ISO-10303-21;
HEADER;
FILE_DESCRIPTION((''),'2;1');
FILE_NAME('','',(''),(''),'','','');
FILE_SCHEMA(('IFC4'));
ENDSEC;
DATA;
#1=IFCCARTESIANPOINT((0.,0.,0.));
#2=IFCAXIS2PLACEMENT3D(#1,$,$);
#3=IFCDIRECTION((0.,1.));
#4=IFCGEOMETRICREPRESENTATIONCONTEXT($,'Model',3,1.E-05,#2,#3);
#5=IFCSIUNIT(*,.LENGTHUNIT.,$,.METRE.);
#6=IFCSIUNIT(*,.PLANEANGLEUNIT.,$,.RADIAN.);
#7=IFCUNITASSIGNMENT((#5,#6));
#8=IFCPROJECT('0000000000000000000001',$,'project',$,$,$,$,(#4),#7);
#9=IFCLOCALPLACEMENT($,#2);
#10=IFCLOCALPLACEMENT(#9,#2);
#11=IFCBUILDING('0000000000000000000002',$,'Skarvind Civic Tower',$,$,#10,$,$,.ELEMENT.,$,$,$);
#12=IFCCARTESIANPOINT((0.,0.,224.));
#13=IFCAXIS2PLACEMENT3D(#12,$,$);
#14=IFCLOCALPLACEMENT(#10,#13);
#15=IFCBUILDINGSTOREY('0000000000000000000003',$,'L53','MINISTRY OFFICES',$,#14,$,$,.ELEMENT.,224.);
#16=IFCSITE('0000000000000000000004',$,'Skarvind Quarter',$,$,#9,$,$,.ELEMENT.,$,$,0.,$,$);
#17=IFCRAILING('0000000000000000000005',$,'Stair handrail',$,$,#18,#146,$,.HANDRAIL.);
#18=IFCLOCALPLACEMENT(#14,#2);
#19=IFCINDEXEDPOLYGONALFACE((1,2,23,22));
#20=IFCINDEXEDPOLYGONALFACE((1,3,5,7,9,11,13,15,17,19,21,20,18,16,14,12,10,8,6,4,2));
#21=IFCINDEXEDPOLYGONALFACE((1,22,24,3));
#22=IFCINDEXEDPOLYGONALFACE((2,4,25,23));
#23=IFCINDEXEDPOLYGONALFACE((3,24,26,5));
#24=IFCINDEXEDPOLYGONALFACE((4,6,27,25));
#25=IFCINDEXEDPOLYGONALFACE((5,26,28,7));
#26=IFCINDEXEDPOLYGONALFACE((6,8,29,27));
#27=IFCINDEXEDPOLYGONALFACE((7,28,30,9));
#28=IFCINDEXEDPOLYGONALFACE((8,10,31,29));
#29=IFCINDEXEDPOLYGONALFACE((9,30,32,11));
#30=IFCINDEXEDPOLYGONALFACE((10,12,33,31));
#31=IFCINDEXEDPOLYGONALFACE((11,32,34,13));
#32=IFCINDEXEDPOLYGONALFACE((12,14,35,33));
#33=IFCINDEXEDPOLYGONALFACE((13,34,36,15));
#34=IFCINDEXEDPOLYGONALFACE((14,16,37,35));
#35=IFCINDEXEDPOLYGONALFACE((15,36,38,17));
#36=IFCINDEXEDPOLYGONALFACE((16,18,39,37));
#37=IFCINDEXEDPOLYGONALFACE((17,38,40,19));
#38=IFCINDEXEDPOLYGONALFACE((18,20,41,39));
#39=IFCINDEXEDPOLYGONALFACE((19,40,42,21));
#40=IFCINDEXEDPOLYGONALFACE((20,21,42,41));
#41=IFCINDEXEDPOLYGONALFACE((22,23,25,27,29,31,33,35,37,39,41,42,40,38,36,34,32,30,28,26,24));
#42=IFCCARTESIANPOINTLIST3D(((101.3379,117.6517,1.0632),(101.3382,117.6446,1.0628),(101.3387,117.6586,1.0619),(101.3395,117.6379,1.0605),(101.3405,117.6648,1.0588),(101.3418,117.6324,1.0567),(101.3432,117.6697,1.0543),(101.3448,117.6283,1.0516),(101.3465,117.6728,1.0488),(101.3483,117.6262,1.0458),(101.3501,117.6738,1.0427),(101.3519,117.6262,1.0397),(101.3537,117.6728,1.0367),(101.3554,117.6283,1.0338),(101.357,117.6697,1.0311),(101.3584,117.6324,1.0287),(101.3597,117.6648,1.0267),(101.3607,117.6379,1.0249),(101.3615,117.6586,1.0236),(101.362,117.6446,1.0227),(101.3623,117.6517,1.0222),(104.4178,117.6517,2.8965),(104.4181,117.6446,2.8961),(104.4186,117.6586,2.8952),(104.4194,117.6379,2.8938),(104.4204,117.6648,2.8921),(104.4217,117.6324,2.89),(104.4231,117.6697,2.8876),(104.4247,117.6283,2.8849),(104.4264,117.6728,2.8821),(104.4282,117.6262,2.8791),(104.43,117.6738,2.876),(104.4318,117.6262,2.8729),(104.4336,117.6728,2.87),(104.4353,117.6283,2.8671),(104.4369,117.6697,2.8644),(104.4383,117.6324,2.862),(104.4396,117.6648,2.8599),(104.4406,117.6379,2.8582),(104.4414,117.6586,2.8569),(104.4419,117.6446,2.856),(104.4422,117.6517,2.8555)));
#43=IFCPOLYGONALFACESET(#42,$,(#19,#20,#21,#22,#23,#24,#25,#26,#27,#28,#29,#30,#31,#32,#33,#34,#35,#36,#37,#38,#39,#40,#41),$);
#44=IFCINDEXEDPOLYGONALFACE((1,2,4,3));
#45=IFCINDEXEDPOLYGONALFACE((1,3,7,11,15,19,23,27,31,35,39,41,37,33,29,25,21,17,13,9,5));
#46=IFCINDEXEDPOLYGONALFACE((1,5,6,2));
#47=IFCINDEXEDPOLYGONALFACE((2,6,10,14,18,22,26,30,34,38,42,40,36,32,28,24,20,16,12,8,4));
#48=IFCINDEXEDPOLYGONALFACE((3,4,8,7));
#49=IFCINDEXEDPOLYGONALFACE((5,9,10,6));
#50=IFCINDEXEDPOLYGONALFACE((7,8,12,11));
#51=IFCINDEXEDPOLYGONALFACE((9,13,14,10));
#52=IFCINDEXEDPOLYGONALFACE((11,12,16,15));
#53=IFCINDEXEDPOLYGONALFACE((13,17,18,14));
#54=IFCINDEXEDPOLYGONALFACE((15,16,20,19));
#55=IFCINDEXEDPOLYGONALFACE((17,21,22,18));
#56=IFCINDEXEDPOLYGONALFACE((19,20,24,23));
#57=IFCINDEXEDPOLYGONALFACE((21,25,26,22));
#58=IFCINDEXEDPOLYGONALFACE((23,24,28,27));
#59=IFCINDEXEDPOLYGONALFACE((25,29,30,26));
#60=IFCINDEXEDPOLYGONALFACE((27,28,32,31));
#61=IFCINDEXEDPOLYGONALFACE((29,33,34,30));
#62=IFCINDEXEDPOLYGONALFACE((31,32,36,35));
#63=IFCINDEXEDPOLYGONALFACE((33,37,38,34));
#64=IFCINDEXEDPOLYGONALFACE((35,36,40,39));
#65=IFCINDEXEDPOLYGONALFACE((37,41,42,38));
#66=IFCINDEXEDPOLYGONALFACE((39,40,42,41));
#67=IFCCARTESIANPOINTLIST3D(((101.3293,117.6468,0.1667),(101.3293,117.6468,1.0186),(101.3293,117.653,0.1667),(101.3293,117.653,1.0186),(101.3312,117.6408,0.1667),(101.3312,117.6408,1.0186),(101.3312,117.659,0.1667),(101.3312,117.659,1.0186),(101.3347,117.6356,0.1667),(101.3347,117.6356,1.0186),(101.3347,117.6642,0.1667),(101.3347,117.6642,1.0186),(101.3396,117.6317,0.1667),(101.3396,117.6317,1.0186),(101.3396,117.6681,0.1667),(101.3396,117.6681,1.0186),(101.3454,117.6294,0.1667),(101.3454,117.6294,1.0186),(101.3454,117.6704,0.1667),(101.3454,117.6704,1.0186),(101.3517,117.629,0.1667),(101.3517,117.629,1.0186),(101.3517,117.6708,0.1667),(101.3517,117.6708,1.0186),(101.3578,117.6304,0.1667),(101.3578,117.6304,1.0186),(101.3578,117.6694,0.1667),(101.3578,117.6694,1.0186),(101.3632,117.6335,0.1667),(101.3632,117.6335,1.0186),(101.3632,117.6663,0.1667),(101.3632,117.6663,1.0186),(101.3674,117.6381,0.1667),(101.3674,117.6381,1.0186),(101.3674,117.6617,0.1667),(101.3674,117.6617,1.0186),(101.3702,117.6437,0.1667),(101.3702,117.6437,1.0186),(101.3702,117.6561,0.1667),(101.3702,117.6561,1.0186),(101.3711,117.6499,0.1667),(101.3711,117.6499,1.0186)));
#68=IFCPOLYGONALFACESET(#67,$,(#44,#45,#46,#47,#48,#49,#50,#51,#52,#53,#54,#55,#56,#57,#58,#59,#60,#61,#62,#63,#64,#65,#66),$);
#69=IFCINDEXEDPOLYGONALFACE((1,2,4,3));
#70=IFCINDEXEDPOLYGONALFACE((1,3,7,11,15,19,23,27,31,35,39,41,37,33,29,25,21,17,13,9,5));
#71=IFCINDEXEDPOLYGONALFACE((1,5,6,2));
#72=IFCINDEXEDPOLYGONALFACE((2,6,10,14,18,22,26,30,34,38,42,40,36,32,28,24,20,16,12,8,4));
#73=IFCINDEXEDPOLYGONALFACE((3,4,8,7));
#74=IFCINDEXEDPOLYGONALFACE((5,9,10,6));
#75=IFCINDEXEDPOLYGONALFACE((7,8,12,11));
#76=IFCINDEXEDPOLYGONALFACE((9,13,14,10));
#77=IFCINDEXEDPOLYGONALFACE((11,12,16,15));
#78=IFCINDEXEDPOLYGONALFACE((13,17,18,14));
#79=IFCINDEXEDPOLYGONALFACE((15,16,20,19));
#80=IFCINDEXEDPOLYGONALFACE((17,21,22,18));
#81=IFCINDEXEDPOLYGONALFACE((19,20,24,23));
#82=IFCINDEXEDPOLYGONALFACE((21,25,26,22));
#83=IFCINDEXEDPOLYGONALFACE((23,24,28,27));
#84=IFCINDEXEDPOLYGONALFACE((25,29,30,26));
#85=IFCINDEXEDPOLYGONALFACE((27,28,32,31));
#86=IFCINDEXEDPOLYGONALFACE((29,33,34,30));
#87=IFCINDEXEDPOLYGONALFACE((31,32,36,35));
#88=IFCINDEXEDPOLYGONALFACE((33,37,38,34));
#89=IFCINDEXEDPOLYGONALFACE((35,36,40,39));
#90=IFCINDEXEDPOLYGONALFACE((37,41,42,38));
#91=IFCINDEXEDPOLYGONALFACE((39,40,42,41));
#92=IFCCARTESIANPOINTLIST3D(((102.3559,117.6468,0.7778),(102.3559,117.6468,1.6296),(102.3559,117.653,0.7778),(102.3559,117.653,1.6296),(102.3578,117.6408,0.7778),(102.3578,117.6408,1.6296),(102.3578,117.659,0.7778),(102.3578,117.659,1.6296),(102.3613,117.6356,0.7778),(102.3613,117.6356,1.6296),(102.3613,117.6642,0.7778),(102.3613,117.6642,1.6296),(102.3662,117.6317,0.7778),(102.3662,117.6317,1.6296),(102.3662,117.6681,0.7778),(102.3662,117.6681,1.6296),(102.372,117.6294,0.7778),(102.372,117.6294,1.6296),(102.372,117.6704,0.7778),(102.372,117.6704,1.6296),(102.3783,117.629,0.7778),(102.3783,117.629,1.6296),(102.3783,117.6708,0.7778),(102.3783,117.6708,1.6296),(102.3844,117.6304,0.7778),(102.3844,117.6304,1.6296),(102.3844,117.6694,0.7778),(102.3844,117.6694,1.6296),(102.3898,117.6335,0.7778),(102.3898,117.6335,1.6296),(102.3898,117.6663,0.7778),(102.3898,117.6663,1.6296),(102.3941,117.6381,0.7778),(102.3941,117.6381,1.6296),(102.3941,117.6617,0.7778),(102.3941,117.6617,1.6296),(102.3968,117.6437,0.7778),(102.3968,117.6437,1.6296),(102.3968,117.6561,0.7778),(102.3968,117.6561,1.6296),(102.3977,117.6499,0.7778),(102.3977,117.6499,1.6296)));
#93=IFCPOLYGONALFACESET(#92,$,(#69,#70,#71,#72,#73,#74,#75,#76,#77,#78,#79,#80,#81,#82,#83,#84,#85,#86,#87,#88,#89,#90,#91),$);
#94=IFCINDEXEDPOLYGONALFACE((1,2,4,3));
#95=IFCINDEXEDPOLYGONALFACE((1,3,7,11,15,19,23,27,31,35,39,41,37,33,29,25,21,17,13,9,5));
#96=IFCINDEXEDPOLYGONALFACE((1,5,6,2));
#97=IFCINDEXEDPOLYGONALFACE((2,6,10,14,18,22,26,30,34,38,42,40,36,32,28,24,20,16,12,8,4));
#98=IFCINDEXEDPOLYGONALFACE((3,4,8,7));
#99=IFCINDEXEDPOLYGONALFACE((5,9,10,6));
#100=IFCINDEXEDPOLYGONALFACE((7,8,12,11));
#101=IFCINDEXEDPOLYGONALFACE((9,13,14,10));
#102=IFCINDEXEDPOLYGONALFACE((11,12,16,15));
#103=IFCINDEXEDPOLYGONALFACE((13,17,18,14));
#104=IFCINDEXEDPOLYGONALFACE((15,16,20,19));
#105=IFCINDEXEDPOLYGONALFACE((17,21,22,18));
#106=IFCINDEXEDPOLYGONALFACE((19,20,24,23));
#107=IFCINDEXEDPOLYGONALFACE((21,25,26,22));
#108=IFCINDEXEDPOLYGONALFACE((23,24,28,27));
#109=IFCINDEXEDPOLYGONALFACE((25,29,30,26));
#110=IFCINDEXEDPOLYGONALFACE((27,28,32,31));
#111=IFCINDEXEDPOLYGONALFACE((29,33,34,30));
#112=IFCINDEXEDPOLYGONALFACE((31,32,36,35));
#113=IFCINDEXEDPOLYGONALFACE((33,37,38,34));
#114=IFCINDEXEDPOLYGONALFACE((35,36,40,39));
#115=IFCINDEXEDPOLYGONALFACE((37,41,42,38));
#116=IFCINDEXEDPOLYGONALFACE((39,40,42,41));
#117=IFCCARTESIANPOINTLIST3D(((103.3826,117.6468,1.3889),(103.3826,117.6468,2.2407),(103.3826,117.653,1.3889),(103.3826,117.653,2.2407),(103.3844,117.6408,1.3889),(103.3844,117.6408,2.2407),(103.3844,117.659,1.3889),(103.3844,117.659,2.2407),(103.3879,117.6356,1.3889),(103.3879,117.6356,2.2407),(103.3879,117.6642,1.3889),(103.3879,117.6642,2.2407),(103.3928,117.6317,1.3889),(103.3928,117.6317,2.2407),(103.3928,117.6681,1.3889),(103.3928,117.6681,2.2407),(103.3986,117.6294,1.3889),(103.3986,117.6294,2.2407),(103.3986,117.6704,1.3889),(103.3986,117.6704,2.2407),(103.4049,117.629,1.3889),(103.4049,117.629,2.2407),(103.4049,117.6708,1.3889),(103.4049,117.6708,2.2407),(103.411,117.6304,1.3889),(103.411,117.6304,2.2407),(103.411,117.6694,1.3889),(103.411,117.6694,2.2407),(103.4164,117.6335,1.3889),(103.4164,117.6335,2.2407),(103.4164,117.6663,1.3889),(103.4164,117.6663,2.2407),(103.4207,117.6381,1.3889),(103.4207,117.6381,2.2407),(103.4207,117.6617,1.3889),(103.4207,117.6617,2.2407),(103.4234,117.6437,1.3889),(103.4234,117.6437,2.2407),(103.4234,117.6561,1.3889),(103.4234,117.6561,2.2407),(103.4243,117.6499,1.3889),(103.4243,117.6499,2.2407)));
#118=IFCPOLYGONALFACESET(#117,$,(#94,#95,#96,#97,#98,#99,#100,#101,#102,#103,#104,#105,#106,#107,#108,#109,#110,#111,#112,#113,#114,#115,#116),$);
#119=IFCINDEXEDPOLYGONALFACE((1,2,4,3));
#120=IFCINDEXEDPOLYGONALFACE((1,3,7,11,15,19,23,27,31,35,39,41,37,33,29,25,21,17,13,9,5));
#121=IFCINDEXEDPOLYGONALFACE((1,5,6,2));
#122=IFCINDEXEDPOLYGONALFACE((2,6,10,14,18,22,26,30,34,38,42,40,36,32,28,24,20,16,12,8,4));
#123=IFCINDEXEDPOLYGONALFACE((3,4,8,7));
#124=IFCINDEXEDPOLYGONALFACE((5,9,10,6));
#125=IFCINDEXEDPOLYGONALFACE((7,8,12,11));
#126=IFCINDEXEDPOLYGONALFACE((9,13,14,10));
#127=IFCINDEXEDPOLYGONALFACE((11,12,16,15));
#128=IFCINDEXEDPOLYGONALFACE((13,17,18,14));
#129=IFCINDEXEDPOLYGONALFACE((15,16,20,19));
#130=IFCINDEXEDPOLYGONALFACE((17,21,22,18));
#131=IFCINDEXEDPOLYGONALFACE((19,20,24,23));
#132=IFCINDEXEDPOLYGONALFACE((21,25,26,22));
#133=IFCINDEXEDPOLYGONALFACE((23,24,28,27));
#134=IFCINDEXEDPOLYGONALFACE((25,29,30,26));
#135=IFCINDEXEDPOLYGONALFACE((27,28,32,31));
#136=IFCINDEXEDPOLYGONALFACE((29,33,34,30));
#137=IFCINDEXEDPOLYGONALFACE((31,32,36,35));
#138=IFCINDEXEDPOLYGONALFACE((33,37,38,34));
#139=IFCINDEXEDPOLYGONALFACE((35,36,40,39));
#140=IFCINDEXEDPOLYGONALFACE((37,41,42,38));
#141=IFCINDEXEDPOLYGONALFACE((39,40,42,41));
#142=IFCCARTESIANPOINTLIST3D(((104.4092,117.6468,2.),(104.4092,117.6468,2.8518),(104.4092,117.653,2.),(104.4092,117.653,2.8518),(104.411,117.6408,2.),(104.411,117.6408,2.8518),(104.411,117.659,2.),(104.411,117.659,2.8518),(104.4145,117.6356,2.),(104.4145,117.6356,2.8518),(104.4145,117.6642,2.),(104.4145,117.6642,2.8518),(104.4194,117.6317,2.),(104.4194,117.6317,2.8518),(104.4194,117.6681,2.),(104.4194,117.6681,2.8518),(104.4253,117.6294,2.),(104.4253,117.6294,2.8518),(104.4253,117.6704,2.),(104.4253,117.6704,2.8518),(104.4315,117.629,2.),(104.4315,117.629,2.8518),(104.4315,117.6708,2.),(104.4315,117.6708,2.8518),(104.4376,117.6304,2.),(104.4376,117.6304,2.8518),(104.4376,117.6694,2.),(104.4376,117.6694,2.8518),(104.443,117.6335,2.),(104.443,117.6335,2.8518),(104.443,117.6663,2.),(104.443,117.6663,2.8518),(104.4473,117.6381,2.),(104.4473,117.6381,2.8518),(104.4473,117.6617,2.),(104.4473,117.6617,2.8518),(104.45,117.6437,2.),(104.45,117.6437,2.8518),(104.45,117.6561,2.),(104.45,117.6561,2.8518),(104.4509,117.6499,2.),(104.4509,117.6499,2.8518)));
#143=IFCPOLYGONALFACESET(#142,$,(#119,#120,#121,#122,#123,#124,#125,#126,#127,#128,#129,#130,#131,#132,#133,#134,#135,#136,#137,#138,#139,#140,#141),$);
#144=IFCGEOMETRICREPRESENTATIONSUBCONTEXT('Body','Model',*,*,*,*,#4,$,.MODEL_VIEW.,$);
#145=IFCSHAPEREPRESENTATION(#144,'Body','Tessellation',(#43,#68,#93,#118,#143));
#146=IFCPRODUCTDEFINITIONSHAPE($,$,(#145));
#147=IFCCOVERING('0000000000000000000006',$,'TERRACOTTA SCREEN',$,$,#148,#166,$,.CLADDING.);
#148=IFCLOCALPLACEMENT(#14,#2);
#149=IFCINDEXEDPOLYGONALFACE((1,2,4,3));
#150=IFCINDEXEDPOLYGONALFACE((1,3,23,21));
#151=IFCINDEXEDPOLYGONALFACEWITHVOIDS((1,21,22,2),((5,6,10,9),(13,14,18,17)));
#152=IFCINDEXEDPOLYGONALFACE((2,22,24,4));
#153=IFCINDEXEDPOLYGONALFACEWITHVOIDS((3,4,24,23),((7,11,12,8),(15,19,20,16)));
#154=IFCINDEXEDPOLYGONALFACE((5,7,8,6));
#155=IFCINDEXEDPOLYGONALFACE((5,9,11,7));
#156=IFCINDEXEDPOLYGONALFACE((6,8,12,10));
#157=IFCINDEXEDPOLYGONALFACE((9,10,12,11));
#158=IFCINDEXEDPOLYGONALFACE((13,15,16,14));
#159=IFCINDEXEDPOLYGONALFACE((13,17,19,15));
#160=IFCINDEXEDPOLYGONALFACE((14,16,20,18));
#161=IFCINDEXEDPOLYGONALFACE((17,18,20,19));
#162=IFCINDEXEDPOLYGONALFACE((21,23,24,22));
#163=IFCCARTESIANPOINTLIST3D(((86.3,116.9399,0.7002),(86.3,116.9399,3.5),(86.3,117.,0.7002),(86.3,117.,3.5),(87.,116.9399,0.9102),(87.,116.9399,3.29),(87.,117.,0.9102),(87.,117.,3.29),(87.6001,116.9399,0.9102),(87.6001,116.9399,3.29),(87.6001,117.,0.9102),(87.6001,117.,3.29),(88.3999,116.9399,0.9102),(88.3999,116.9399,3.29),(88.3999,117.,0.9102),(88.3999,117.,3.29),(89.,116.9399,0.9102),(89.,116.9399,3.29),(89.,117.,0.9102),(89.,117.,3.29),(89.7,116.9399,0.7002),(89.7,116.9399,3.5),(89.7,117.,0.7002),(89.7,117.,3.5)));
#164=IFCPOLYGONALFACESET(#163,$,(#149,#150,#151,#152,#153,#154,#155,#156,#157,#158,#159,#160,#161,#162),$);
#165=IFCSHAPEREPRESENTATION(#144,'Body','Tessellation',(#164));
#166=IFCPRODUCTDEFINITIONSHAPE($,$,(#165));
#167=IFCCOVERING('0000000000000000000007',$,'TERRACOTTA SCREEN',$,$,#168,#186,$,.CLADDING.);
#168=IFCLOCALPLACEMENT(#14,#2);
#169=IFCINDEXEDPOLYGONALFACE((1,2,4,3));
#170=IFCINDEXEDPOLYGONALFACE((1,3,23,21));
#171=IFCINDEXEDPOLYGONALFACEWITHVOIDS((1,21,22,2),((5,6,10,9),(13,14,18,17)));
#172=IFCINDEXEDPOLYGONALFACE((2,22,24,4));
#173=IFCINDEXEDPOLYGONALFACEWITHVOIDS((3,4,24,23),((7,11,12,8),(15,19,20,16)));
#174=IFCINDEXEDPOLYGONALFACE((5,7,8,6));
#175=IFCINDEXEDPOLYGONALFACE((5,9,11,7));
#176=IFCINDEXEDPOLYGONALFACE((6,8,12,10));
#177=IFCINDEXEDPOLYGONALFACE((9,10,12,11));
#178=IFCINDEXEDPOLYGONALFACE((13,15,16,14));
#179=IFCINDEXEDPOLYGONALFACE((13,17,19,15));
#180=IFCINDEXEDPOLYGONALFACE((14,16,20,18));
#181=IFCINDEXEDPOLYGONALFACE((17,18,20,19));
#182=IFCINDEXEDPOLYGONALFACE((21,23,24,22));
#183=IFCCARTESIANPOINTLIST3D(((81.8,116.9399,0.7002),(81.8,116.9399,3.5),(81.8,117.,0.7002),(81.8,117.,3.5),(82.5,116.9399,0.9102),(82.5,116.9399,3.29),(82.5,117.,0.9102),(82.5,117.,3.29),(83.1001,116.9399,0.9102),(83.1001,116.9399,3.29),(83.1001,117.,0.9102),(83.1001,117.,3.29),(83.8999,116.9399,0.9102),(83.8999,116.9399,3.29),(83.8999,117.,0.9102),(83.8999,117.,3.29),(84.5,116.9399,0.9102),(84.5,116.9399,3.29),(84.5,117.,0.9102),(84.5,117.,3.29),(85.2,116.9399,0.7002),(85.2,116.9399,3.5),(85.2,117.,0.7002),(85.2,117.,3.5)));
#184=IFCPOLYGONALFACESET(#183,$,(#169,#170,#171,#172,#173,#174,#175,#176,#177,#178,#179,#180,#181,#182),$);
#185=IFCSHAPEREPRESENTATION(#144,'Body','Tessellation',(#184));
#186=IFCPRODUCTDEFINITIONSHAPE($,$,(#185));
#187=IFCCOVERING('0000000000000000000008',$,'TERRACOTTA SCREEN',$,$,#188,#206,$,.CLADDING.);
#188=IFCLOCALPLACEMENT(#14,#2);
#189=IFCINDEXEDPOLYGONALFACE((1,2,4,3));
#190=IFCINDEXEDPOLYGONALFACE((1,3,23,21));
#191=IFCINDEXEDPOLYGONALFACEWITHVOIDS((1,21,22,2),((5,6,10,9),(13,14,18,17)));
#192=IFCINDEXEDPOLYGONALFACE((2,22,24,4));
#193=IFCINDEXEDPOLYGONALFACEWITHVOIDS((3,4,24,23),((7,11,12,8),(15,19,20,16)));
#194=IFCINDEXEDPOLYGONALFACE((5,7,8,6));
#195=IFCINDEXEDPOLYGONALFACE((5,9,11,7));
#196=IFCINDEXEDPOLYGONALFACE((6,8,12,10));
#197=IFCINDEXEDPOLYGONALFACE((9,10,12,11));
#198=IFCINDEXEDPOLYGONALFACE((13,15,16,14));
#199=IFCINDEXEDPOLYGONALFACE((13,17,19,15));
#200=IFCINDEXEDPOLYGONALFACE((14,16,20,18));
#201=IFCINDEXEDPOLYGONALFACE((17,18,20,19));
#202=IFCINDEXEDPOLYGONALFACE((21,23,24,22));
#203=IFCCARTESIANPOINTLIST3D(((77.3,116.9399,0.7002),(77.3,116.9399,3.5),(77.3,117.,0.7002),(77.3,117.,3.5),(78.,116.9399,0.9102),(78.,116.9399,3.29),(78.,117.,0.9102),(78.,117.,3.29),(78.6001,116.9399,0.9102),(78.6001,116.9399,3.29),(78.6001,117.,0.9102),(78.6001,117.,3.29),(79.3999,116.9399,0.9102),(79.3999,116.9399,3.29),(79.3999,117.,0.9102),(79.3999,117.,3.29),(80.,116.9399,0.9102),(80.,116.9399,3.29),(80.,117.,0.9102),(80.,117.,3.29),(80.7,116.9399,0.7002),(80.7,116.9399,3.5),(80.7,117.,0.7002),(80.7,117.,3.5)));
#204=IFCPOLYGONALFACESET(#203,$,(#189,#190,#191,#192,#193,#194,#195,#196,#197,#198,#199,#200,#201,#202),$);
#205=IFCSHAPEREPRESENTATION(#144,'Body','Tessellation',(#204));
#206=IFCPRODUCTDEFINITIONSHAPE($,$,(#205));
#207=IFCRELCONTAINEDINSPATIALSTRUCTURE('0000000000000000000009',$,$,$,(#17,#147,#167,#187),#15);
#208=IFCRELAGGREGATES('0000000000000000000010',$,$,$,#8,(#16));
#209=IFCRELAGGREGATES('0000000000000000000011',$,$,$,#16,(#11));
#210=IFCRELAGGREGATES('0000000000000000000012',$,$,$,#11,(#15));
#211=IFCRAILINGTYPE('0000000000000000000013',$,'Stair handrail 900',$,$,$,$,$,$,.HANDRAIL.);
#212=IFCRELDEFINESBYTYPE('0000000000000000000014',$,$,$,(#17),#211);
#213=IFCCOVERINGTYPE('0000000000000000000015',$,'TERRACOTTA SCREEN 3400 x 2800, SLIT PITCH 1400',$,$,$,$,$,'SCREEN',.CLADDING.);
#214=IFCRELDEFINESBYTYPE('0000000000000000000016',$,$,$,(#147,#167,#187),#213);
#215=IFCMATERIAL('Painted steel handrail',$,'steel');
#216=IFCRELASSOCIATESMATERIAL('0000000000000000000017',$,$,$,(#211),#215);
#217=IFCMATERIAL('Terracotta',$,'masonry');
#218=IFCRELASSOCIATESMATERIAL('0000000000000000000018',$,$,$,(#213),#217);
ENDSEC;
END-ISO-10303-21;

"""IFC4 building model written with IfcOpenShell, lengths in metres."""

from ifc_helpers import new_model, si_unit, direction, frame, origin, origin_2d, place, context, subcontext, project, spatial, polyline, circle, outline, extrude, material, material_profile, profile_set, type_object, element, save


model = new_model("IFC4")

# Units and contexts
model_context = context("Model", 3, precision=1e-05, world=origin(), true_north=direction((0.0, 1.0)))
body_context = subcontext(model_context, "Body", "Model", "MODEL_VIEW")
ifc_project = project(units=[si_unit("LENGTHUNIT", "METRE"), si_unit("PLANEANGLEUNIT", "RADIAN")], contexts=[model_context])

# Site, building, storey
site_placement = place(None, origin())
site = spatial("IfcSite", under=ifc_project, at=site_placement, Name="Skarvind Quarter", CompositionType="ELEMENT", RefElevation=0.0)
building_placement = place(site_placement, origin())
building = spatial("IfcBuilding", under=site, at=building_placement, Name="Skarvind Civic Tower", CompositionType="ELEMENT")
storey_placement = place(building_placement, frame((0.0, 0.0, 224.0)))
storey = spatial("IfcBuildingStorey", under=building, at=storey_placement, Name="L53", Description="MINISTRY OFFICES", CompositionType="ELEMENT", Elevation=224.0)

# Railing
ifc_material_1 = material(Name="Painted steel handrail", Category="steel")
railing_type = type_object("IfcRailingType", Name="Stair handrail 900", PredefinedType="HANDRAIL", material=ifc_material_1)
railing_placement = place(storey_placement, frame((101.3501, 117.6499, 0.1667)))
element("IfcRailing", 1, at=railing_placement, inside=storey, type_object=railing_type, Name="Stair handrail", PredefinedType="HANDRAIL", context=body_context, shape_type="SweptSolid", body=[
    extrude(circle(Radius=0.0239, at=origin_2d()), frame((0.0, 0.0, 0.876), z_axis=(0.859291, 0.0, 0.511487), x_axis=(0.0, 1.0, 0.0)), (0.0, 0.0, 1.0), 3.5842),
    extrude(circle(Radius=0.021, at=origin_2d()), origin(), (0.0, 0.0, 1.0), 0.8518),
    extrude(circle(Radius=0.021, at=origin_2d()), frame((1.0266, 0.0, 0.6111)), (0.0, 0.0, 1.0), 0.8518),
    extrude(circle(Radius=0.021, at=origin_2d()), frame((2.0532, 0.0, 1.2222)), (0.0, 0.0, 1.0), 0.8518),
    extrude(circle(Radius=0.021, at=origin_2d()), frame((3.0798, 0.0, 1.8333)), (0.0, 0.0, 1.0), 0.8518),
])

# Coverings
ifc_material_2 = material(Name="Terracotta", Category="masonry")
ifc_material_profile_1 = material_profile(ifc_material_2, outline(polyline([(-1.7, -1.3999), (1.7, -1.3999), (1.7, 1.3999), (-1.7, 1.3999), (-1.7, -1.3999)]), holes=[polyline([(-1.0, -1.1899), (-0.3999, -1.1899), (-0.3999, 1.1899), (-1.0, 1.1899), (-1.0, -1.1899)]), polyline([(0.3999, -1.1899), (1.0, -1.1899), (1.0, 1.1899), (0.3999, 1.1899), (0.3999, -1.1899)])]), Name="TERRACOTTA SCREEN 3400 x 2800, SLIT PITCH 1400")
ifc_profile_set_1 = profile_set([ifc_material_profile_1], Name="Terracotta")
covering_type = type_object("IfcCoveringType", Name="TERRACOTTA SCREEN 3400 x 2800, SLIT PITCH 1400", ElementType="SCREEN", PredefinedType="CLADDING", material=ifc_profile_set_1)
for number, where, z_axis, x_axis, name in (
    (2, (88.0, 117.0, 2.1001), (0.0, -1.0, 0.0), (1.0, 0.0, 0.0), "TERRACOTTA SCREEN"),
    (3, (83.5, 117.0, 2.1001), (0.0, -1.0, 0.0), (1.0, 0.0, 0.0), "TERRACOTTA SCREEN"),
    (4, (79.0, 117.0, 2.1001), (0.0, -1.0, 0.0), (1.0, 0.0, 0.0), "TERRACOTTA SCREEN"),
):
    element("IfcCovering", number, at=place(storey_placement, frame(where, z_axis=z_axis, x_axis=x_axis)), inside=storey, type_object=covering_type, Name=name, PredefinedType="CLADDING", context=body_context, shape_type="SweptSolid", body=[
        extrude(outline(polyline([(-1.7, -1.3999), (1.7, -1.3999), (1.7, 1.3999), (-1.7, 1.3999), (-1.7, -1.3999)]), holes=[polyline([(-1.0, -1.1899), (-0.3999, -1.1899), (-0.3999, 1.1899), (-1.0, 1.1899), (-1.0, -1.1899)]), polyline([(0.3999, -1.1899), (1.0, -1.1899), (1.0, 1.1899), (0.3999, 1.1899), (0.3999, -1.1899)])]), origin(), (0.0, 0.0, 1.0), 0.0601),
    ])

save(model, "model.ifc")
